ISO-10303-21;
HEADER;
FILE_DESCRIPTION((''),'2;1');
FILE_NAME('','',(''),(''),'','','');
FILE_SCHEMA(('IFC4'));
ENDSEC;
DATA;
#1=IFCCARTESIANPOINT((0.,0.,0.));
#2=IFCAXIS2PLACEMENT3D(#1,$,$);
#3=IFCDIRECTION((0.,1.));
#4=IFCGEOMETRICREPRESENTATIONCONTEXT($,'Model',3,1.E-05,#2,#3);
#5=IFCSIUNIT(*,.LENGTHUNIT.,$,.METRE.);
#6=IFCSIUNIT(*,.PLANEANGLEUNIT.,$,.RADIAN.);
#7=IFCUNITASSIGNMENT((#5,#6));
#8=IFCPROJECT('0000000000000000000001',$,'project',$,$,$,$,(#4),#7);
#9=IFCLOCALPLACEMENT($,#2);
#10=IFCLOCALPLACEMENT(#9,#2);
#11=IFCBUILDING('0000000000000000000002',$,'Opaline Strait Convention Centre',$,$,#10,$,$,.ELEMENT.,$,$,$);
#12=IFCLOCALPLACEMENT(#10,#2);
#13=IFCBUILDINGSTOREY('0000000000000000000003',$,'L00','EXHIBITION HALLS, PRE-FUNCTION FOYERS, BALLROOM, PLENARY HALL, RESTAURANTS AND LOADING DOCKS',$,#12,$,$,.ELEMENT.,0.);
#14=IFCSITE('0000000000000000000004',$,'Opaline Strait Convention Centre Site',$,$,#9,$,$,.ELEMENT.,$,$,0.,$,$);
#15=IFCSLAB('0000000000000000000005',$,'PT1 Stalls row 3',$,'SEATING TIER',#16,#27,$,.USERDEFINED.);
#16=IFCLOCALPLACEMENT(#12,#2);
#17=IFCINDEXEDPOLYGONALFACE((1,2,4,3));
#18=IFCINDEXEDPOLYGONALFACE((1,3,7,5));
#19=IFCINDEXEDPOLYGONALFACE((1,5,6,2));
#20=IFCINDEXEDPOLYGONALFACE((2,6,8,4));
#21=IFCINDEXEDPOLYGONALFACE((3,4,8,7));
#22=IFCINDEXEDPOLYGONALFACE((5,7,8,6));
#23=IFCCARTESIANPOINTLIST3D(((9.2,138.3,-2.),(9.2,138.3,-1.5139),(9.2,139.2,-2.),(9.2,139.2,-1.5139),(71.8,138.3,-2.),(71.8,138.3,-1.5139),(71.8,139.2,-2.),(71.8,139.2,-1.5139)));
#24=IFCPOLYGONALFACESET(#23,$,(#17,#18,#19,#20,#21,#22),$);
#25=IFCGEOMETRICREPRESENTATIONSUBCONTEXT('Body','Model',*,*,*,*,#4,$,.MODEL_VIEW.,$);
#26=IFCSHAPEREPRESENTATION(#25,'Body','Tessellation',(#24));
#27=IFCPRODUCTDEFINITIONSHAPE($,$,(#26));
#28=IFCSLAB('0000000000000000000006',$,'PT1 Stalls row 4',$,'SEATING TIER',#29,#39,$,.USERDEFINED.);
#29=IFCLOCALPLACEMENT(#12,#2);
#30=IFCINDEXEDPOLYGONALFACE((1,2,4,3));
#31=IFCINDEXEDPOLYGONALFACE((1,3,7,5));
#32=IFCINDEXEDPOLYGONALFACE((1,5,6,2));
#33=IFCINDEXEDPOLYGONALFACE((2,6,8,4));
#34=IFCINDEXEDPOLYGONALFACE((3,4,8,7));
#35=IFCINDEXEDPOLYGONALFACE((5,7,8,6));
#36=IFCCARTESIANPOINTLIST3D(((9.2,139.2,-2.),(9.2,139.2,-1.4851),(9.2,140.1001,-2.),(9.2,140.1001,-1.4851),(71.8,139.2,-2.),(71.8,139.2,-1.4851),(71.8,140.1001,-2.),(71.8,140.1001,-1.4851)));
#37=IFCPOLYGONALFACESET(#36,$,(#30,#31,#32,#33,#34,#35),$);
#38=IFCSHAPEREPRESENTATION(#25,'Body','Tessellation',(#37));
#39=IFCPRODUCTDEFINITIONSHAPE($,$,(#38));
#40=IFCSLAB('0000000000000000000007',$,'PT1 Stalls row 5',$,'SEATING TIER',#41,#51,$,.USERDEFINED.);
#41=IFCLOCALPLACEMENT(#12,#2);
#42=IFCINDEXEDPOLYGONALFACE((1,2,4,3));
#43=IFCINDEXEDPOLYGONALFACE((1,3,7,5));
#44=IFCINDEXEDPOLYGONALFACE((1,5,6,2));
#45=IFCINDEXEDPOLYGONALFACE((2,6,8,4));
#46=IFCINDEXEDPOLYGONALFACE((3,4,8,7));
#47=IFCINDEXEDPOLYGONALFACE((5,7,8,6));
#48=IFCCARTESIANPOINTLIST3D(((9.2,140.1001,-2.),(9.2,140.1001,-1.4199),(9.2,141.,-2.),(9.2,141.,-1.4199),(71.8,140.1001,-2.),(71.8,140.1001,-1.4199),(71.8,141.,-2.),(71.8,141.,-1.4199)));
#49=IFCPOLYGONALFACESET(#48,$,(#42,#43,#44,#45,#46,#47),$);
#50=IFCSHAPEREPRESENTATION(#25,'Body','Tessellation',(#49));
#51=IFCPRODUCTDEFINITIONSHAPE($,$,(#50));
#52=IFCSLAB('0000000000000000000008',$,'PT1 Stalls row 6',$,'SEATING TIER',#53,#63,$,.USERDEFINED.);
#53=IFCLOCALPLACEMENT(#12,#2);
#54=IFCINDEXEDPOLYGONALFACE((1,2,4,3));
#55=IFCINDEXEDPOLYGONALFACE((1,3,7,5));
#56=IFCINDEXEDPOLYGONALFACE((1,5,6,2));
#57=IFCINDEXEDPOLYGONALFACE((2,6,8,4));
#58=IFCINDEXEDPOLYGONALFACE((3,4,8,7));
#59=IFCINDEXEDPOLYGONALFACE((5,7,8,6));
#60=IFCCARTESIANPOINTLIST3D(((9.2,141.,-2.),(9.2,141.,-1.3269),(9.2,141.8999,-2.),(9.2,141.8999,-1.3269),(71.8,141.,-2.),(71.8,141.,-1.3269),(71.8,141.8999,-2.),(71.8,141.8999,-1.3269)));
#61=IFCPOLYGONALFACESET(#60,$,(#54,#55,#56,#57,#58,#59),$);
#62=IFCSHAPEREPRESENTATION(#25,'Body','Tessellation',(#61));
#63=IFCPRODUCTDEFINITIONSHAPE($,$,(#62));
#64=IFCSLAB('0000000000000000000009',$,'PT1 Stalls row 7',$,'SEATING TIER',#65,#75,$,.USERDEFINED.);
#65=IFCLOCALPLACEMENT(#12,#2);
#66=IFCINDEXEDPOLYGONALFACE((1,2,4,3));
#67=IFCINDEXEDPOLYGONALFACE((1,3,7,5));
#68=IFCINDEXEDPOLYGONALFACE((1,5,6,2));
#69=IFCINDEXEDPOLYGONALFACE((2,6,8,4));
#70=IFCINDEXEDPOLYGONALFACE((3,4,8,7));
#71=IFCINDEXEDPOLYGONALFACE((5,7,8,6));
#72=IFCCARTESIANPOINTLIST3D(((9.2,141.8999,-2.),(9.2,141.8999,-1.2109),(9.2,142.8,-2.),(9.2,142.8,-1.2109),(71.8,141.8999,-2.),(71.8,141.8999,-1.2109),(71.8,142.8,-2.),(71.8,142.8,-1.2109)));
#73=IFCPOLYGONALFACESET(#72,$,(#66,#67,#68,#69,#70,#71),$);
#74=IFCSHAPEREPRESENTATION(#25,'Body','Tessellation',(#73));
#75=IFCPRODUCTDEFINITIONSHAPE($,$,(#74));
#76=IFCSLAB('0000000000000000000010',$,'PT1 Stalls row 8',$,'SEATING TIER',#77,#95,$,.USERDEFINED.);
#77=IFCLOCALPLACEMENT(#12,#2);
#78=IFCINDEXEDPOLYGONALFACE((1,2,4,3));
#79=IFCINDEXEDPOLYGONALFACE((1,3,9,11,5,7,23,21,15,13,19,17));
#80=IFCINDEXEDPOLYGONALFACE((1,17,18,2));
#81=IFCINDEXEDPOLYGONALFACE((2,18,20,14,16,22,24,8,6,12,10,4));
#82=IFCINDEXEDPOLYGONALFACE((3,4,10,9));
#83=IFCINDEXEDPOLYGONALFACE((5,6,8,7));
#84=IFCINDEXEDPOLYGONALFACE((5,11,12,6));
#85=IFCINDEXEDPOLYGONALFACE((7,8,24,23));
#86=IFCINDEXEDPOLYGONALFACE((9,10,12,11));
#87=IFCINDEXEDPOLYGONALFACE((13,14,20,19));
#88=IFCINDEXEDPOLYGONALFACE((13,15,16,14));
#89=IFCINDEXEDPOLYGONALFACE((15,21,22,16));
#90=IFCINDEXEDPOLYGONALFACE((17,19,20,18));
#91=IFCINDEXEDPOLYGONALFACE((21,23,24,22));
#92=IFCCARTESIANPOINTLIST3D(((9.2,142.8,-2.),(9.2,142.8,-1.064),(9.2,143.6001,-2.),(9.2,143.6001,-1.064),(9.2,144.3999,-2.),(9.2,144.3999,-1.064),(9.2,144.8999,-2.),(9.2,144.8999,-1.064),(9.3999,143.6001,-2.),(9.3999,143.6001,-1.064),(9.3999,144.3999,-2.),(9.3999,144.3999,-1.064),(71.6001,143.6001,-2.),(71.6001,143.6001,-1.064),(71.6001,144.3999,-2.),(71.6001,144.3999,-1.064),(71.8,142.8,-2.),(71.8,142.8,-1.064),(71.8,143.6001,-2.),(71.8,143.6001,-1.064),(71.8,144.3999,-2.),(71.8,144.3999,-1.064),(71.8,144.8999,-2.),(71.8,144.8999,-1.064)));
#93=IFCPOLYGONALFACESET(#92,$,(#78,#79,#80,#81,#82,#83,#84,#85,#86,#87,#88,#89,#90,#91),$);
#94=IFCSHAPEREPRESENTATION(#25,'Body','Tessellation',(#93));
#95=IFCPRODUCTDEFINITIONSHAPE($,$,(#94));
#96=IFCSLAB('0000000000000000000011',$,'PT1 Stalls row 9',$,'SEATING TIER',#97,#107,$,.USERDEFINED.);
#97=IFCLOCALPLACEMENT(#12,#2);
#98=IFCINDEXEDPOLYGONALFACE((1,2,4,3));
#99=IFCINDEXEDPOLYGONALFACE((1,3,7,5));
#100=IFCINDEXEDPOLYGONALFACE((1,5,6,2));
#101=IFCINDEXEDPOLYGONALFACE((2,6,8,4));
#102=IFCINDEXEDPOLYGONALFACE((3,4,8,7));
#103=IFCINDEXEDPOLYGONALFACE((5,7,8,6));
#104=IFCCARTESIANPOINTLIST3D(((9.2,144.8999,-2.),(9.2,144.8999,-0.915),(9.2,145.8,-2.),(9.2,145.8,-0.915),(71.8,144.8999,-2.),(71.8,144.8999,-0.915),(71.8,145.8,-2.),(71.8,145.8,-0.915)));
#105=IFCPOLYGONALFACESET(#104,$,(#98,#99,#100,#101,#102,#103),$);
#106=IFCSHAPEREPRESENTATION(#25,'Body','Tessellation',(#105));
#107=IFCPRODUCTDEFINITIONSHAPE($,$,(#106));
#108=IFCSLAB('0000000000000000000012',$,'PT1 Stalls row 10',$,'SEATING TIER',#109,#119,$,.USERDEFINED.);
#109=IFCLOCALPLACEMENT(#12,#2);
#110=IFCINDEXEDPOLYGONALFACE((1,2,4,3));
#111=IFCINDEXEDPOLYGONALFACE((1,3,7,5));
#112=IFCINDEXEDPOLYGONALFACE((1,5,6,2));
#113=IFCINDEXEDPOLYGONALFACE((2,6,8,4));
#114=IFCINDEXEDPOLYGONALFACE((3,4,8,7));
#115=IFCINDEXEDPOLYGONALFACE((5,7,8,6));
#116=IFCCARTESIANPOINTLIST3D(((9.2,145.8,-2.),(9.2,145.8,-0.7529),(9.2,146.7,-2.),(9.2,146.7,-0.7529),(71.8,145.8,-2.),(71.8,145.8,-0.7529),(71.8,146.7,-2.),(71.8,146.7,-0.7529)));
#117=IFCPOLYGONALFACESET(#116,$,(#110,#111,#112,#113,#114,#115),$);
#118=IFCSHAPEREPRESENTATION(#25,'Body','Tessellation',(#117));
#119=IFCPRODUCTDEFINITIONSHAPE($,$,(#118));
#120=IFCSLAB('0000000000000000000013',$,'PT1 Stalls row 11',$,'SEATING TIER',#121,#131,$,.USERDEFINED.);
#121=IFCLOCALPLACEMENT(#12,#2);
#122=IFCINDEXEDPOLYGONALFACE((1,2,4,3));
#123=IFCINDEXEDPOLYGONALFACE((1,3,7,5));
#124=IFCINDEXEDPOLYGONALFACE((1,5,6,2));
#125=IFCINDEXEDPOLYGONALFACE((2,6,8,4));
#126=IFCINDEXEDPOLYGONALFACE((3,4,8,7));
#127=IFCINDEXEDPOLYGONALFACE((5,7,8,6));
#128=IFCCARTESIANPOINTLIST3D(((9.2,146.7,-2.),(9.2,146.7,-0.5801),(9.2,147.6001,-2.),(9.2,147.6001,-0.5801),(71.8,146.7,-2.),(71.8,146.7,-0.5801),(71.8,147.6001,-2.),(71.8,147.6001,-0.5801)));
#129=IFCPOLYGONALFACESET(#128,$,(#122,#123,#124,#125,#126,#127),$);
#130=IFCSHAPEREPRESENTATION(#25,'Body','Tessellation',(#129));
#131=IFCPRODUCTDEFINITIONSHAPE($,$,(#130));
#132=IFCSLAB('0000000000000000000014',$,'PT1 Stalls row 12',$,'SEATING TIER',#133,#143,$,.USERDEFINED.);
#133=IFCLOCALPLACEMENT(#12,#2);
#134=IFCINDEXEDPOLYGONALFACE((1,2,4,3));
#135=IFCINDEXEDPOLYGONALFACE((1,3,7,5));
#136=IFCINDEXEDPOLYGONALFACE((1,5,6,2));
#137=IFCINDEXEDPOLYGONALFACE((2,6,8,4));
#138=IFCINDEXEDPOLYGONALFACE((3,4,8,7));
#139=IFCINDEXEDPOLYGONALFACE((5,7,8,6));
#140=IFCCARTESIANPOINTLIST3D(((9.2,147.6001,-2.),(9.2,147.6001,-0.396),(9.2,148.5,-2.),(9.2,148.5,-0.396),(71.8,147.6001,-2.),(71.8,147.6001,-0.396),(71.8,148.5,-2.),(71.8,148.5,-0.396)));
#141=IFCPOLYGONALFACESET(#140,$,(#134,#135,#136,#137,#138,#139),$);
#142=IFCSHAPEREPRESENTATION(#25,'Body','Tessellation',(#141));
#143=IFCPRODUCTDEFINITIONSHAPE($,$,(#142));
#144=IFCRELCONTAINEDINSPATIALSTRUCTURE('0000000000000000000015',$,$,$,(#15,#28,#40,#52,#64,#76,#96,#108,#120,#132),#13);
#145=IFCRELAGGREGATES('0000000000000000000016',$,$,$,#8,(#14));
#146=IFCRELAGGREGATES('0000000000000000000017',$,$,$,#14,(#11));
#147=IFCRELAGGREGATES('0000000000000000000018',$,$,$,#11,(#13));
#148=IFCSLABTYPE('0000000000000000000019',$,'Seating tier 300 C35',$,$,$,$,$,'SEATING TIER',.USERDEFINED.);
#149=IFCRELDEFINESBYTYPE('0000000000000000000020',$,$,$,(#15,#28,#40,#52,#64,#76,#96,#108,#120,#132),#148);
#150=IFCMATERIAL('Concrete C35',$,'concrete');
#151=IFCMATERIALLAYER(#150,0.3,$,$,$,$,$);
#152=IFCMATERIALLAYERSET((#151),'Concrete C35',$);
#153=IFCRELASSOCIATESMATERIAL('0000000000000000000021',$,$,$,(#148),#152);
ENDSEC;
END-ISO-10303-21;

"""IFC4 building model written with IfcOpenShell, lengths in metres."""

from ifc_helpers import new_model, si_unit, direction, frame, origin, place, context, subcontext, project, spatial, polyline, outline, extrude, material, layer, layer_set, type_object, element, save


model = new_model("IFC4")

# Units and contexts
model_context = context("Model", 3, precision=1e-05, world=origin(), true_north=direction((0.0, 1.0)))
body_context = subcontext(model_context, "Body", "Model", "MODEL_VIEW")
ifc_project = project(units=[si_unit("LENGTHUNIT", "METRE"), si_unit("PLANEANGLEUNIT", "RADIAN")], contexts=[model_context])

# Site, building, storey
site_placement = place(None, origin())
site = spatial("IfcSite", under=ifc_project, at=site_placement, Name="Opaline Strait Convention Centre Site", CompositionType="ELEMENT", RefElevation=0.0)
building_placement = place(site_placement, origin())
building = spatial("IfcBuilding", under=site, at=building_placement, Name="Opaline Strait Convention Centre", CompositionType="ELEMENT")
storey_placement = place(building_placement, origin())
storey = spatial("IfcBuildingStorey", under=building, at=storey_placement, Name="L00", Description="EXHIBITION HALLS, PRE-FUNCTION FOYERS, BALLROOM, PLENARY HALL, RESTAURANTS AND LOADING DOCKS", CompositionType="ELEMENT", Elevation=0.0)

# Shared definitions
ifc_material_1 = material(Name="Concrete C35", Category="concrete")

# Slabs
ifc_layer_1 = layer(ifc_material_1, 0.3)
ifc_layer_set_1 = layer_set([ifc_layer_1], Name="Concrete C35")
slab_type = type_object("IfcSlabType", Name="Seating tier 300 C35", ElementType="SEATING TIER", PredefinedType="USERDEFINED", material=ifc_layer_set_1)
slab_1_placement = place(storey_placement, frame((0.0, 0.0, -2.0)))
element("IfcSlab", 1, at=slab_1_placement, inside=storey, type_object=slab_type, Name="PT1 Stalls row 3", ObjectType="SEATING TIER", PredefinedType="USERDEFINED", context=body_context, shape_type="SweptSolid", body=[
    extrude(outline(polyline([(9.2, 138.3), (9.2, 139.2), (71.8, 139.2), (71.8, 138.3), (9.2, 138.3)])), origin(), (0.0, 0.0, 1.0), 0.4861),
])
slab_2_placement = place(storey_placement, frame((0.0, 0.0, -2.0)))
element("IfcSlab", 2, at=slab_2_placement, inside=storey, type_object=slab_type, Name="PT1 Stalls row 4", ObjectType="SEATING TIER", PredefinedType="USERDEFINED", context=body_context, shape_type="SweptSolid", body=[
    extrude(outline(polyline([(9.2, 139.2), (9.2, 140.1001), (71.8, 140.1001), (71.8, 139.2), (9.2, 139.2)])), origin(), (0.0, 0.0, 1.0), 0.5149),
])
slab_3_placement = place(storey_placement, frame((0.0, 0.0, -2.0)))
element("IfcSlab", 3, at=slab_3_placement, inside=storey, type_object=slab_type, Name="PT1 Stalls row 5", ObjectType="SEATING TIER", PredefinedType="USERDEFINED", context=body_context, shape_type="SweptSolid", body=[
    extrude(outline(polyline([(9.2, 140.1001), (9.2, 141.0), (71.8, 141.0), (71.8, 140.1001), (9.2, 140.1001)])), origin(), (0.0, 0.0, 1.0), 0.5801),
])
slab_4_placement = place(storey_placement, frame((0.0, 0.0, -2.0)))
element("IfcSlab", 4, at=slab_4_placement, inside=storey, type_object=slab_type, Name="PT1 Stalls row 6", ObjectType="SEATING TIER", PredefinedType="USERDEFINED", context=body_context, shape_type="SweptSolid", body=[
    extrude(outline(polyline([(9.2, 141.0), (9.2, 141.8999), (71.8, 141.8999), (71.8, 141.0), (9.2, 141.0)])), origin(), (0.0, 0.0, 1.0), 0.6731),
])
slab_5_placement = place(storey_placement, frame((0.0, 0.0, -2.0)))
element("IfcSlab", 5, at=slab_5_placement, inside=storey, type_object=slab_type, Name="PT1 Stalls row 7", ObjectType="SEATING TIER", PredefinedType="USERDEFINED", context=body_context, shape_type="SweptSolid", body=[
    extrude(outline(polyline([(9.2, 141.8999), (9.2, 142.8), (71.8, 142.8), (71.8, 141.8999), (9.2, 141.8999)])), origin(), (0.0, 0.0, 1.0), 0.7891),
])
slab_6_placement = place(storey_placement, frame((0.0, 0.0, -2.0)))
element("IfcSlab", 6, at=slab_6_placement, inside=storey, type_object=slab_type, Name="PT1 Stalls row 8", ObjectType="SEATING TIER", PredefinedType="USERDEFINED", context=body_context, shape_type="SweptSolid", body=[
    extrude(outline(polyline([(71.8, 142.8), (9.2, 142.8), (9.2, 143.6001), (9.3999, 143.6001), (9.3999, 144.3999), (9.2, 144.3999), (9.2, 144.8999), (71.8, 144.8999), (71.8, 144.3999), (71.6001, 144.3999), (71.6001, 143.6001), (71.8, 143.6001), (71.8, 142.8)])), origin(), (0.0, 0.0, 1.0), 0.936),
])
slab_7_placement = place(storey_placement, frame((0.0, 0.0, -2.0)))
element("IfcSlab", 7, at=slab_7_placement, inside=storey, type_object=slab_type, Name="PT1 Stalls row 9", ObjectType="SEATING TIER", PredefinedType="USERDEFINED", context=body_context, shape_type="SweptSolid", body=[
    extrude(outline(polyline([(9.2, 144.8999), (9.2, 145.8), (71.8, 145.8), (71.8, 144.8999), (9.2, 144.8999)])), origin(), (0.0, 0.0, 1.0), 1.085),
])
slab_8_placement = place(storey_placement, frame((0.0, 0.0, -2.0)))
element("IfcSlab", 8, at=slab_8_placement, inside=storey, type_object=slab_type, Name="PT1 Stalls row 10", ObjectType="SEATING TIER", PredefinedType="USERDEFINED", context=body_context, shape_type="SweptSolid", body=[
    extrude(outline(polyline([(9.2, 145.8), (9.2, 146.7), (71.8, 146.7), (71.8, 145.8), (9.2, 145.8)])), origin(), (0.0, 0.0, 1.0), 1.2471),
])
slab_9_placement = place(storey_placement, frame((0.0, 0.0, -2.0)))
element("IfcSlab", 9, at=slab_9_placement, inside=storey, type_object=slab_type, Name="PT1 Stalls row 11", ObjectType="SEATING TIER", PredefinedType="USERDEFINED", context=body_context, shape_type="SweptSolid", body=[
    extrude(outline(polyline([(9.2, 146.7), (9.2, 147.6001), (71.8, 147.6001), (71.8, 146.7), (9.2, 146.7)])), origin(), (0.0, 0.0, 1.0), 1.4199),
])
slab_10_placement = place(storey_placement, frame((0.0, 0.0, -2.0)))
element("IfcSlab", 10, at=slab_10_placement, inside=storey, type_object=slab_type, Name="PT1 Stalls row 12", ObjectType="SEATING TIER", PredefinedType="USERDEFINED", context=body_context, shape_type="SweptSolid", body=[
    extrude(outline(polyline([(9.2, 147.6001), (9.2, 148.5), (71.8, 148.5), (71.8, 147.6001), (9.2, 147.6001)])), origin(), (0.0, 0.0, 1.0), 1.604),
])

save(model, "model.ifc")
